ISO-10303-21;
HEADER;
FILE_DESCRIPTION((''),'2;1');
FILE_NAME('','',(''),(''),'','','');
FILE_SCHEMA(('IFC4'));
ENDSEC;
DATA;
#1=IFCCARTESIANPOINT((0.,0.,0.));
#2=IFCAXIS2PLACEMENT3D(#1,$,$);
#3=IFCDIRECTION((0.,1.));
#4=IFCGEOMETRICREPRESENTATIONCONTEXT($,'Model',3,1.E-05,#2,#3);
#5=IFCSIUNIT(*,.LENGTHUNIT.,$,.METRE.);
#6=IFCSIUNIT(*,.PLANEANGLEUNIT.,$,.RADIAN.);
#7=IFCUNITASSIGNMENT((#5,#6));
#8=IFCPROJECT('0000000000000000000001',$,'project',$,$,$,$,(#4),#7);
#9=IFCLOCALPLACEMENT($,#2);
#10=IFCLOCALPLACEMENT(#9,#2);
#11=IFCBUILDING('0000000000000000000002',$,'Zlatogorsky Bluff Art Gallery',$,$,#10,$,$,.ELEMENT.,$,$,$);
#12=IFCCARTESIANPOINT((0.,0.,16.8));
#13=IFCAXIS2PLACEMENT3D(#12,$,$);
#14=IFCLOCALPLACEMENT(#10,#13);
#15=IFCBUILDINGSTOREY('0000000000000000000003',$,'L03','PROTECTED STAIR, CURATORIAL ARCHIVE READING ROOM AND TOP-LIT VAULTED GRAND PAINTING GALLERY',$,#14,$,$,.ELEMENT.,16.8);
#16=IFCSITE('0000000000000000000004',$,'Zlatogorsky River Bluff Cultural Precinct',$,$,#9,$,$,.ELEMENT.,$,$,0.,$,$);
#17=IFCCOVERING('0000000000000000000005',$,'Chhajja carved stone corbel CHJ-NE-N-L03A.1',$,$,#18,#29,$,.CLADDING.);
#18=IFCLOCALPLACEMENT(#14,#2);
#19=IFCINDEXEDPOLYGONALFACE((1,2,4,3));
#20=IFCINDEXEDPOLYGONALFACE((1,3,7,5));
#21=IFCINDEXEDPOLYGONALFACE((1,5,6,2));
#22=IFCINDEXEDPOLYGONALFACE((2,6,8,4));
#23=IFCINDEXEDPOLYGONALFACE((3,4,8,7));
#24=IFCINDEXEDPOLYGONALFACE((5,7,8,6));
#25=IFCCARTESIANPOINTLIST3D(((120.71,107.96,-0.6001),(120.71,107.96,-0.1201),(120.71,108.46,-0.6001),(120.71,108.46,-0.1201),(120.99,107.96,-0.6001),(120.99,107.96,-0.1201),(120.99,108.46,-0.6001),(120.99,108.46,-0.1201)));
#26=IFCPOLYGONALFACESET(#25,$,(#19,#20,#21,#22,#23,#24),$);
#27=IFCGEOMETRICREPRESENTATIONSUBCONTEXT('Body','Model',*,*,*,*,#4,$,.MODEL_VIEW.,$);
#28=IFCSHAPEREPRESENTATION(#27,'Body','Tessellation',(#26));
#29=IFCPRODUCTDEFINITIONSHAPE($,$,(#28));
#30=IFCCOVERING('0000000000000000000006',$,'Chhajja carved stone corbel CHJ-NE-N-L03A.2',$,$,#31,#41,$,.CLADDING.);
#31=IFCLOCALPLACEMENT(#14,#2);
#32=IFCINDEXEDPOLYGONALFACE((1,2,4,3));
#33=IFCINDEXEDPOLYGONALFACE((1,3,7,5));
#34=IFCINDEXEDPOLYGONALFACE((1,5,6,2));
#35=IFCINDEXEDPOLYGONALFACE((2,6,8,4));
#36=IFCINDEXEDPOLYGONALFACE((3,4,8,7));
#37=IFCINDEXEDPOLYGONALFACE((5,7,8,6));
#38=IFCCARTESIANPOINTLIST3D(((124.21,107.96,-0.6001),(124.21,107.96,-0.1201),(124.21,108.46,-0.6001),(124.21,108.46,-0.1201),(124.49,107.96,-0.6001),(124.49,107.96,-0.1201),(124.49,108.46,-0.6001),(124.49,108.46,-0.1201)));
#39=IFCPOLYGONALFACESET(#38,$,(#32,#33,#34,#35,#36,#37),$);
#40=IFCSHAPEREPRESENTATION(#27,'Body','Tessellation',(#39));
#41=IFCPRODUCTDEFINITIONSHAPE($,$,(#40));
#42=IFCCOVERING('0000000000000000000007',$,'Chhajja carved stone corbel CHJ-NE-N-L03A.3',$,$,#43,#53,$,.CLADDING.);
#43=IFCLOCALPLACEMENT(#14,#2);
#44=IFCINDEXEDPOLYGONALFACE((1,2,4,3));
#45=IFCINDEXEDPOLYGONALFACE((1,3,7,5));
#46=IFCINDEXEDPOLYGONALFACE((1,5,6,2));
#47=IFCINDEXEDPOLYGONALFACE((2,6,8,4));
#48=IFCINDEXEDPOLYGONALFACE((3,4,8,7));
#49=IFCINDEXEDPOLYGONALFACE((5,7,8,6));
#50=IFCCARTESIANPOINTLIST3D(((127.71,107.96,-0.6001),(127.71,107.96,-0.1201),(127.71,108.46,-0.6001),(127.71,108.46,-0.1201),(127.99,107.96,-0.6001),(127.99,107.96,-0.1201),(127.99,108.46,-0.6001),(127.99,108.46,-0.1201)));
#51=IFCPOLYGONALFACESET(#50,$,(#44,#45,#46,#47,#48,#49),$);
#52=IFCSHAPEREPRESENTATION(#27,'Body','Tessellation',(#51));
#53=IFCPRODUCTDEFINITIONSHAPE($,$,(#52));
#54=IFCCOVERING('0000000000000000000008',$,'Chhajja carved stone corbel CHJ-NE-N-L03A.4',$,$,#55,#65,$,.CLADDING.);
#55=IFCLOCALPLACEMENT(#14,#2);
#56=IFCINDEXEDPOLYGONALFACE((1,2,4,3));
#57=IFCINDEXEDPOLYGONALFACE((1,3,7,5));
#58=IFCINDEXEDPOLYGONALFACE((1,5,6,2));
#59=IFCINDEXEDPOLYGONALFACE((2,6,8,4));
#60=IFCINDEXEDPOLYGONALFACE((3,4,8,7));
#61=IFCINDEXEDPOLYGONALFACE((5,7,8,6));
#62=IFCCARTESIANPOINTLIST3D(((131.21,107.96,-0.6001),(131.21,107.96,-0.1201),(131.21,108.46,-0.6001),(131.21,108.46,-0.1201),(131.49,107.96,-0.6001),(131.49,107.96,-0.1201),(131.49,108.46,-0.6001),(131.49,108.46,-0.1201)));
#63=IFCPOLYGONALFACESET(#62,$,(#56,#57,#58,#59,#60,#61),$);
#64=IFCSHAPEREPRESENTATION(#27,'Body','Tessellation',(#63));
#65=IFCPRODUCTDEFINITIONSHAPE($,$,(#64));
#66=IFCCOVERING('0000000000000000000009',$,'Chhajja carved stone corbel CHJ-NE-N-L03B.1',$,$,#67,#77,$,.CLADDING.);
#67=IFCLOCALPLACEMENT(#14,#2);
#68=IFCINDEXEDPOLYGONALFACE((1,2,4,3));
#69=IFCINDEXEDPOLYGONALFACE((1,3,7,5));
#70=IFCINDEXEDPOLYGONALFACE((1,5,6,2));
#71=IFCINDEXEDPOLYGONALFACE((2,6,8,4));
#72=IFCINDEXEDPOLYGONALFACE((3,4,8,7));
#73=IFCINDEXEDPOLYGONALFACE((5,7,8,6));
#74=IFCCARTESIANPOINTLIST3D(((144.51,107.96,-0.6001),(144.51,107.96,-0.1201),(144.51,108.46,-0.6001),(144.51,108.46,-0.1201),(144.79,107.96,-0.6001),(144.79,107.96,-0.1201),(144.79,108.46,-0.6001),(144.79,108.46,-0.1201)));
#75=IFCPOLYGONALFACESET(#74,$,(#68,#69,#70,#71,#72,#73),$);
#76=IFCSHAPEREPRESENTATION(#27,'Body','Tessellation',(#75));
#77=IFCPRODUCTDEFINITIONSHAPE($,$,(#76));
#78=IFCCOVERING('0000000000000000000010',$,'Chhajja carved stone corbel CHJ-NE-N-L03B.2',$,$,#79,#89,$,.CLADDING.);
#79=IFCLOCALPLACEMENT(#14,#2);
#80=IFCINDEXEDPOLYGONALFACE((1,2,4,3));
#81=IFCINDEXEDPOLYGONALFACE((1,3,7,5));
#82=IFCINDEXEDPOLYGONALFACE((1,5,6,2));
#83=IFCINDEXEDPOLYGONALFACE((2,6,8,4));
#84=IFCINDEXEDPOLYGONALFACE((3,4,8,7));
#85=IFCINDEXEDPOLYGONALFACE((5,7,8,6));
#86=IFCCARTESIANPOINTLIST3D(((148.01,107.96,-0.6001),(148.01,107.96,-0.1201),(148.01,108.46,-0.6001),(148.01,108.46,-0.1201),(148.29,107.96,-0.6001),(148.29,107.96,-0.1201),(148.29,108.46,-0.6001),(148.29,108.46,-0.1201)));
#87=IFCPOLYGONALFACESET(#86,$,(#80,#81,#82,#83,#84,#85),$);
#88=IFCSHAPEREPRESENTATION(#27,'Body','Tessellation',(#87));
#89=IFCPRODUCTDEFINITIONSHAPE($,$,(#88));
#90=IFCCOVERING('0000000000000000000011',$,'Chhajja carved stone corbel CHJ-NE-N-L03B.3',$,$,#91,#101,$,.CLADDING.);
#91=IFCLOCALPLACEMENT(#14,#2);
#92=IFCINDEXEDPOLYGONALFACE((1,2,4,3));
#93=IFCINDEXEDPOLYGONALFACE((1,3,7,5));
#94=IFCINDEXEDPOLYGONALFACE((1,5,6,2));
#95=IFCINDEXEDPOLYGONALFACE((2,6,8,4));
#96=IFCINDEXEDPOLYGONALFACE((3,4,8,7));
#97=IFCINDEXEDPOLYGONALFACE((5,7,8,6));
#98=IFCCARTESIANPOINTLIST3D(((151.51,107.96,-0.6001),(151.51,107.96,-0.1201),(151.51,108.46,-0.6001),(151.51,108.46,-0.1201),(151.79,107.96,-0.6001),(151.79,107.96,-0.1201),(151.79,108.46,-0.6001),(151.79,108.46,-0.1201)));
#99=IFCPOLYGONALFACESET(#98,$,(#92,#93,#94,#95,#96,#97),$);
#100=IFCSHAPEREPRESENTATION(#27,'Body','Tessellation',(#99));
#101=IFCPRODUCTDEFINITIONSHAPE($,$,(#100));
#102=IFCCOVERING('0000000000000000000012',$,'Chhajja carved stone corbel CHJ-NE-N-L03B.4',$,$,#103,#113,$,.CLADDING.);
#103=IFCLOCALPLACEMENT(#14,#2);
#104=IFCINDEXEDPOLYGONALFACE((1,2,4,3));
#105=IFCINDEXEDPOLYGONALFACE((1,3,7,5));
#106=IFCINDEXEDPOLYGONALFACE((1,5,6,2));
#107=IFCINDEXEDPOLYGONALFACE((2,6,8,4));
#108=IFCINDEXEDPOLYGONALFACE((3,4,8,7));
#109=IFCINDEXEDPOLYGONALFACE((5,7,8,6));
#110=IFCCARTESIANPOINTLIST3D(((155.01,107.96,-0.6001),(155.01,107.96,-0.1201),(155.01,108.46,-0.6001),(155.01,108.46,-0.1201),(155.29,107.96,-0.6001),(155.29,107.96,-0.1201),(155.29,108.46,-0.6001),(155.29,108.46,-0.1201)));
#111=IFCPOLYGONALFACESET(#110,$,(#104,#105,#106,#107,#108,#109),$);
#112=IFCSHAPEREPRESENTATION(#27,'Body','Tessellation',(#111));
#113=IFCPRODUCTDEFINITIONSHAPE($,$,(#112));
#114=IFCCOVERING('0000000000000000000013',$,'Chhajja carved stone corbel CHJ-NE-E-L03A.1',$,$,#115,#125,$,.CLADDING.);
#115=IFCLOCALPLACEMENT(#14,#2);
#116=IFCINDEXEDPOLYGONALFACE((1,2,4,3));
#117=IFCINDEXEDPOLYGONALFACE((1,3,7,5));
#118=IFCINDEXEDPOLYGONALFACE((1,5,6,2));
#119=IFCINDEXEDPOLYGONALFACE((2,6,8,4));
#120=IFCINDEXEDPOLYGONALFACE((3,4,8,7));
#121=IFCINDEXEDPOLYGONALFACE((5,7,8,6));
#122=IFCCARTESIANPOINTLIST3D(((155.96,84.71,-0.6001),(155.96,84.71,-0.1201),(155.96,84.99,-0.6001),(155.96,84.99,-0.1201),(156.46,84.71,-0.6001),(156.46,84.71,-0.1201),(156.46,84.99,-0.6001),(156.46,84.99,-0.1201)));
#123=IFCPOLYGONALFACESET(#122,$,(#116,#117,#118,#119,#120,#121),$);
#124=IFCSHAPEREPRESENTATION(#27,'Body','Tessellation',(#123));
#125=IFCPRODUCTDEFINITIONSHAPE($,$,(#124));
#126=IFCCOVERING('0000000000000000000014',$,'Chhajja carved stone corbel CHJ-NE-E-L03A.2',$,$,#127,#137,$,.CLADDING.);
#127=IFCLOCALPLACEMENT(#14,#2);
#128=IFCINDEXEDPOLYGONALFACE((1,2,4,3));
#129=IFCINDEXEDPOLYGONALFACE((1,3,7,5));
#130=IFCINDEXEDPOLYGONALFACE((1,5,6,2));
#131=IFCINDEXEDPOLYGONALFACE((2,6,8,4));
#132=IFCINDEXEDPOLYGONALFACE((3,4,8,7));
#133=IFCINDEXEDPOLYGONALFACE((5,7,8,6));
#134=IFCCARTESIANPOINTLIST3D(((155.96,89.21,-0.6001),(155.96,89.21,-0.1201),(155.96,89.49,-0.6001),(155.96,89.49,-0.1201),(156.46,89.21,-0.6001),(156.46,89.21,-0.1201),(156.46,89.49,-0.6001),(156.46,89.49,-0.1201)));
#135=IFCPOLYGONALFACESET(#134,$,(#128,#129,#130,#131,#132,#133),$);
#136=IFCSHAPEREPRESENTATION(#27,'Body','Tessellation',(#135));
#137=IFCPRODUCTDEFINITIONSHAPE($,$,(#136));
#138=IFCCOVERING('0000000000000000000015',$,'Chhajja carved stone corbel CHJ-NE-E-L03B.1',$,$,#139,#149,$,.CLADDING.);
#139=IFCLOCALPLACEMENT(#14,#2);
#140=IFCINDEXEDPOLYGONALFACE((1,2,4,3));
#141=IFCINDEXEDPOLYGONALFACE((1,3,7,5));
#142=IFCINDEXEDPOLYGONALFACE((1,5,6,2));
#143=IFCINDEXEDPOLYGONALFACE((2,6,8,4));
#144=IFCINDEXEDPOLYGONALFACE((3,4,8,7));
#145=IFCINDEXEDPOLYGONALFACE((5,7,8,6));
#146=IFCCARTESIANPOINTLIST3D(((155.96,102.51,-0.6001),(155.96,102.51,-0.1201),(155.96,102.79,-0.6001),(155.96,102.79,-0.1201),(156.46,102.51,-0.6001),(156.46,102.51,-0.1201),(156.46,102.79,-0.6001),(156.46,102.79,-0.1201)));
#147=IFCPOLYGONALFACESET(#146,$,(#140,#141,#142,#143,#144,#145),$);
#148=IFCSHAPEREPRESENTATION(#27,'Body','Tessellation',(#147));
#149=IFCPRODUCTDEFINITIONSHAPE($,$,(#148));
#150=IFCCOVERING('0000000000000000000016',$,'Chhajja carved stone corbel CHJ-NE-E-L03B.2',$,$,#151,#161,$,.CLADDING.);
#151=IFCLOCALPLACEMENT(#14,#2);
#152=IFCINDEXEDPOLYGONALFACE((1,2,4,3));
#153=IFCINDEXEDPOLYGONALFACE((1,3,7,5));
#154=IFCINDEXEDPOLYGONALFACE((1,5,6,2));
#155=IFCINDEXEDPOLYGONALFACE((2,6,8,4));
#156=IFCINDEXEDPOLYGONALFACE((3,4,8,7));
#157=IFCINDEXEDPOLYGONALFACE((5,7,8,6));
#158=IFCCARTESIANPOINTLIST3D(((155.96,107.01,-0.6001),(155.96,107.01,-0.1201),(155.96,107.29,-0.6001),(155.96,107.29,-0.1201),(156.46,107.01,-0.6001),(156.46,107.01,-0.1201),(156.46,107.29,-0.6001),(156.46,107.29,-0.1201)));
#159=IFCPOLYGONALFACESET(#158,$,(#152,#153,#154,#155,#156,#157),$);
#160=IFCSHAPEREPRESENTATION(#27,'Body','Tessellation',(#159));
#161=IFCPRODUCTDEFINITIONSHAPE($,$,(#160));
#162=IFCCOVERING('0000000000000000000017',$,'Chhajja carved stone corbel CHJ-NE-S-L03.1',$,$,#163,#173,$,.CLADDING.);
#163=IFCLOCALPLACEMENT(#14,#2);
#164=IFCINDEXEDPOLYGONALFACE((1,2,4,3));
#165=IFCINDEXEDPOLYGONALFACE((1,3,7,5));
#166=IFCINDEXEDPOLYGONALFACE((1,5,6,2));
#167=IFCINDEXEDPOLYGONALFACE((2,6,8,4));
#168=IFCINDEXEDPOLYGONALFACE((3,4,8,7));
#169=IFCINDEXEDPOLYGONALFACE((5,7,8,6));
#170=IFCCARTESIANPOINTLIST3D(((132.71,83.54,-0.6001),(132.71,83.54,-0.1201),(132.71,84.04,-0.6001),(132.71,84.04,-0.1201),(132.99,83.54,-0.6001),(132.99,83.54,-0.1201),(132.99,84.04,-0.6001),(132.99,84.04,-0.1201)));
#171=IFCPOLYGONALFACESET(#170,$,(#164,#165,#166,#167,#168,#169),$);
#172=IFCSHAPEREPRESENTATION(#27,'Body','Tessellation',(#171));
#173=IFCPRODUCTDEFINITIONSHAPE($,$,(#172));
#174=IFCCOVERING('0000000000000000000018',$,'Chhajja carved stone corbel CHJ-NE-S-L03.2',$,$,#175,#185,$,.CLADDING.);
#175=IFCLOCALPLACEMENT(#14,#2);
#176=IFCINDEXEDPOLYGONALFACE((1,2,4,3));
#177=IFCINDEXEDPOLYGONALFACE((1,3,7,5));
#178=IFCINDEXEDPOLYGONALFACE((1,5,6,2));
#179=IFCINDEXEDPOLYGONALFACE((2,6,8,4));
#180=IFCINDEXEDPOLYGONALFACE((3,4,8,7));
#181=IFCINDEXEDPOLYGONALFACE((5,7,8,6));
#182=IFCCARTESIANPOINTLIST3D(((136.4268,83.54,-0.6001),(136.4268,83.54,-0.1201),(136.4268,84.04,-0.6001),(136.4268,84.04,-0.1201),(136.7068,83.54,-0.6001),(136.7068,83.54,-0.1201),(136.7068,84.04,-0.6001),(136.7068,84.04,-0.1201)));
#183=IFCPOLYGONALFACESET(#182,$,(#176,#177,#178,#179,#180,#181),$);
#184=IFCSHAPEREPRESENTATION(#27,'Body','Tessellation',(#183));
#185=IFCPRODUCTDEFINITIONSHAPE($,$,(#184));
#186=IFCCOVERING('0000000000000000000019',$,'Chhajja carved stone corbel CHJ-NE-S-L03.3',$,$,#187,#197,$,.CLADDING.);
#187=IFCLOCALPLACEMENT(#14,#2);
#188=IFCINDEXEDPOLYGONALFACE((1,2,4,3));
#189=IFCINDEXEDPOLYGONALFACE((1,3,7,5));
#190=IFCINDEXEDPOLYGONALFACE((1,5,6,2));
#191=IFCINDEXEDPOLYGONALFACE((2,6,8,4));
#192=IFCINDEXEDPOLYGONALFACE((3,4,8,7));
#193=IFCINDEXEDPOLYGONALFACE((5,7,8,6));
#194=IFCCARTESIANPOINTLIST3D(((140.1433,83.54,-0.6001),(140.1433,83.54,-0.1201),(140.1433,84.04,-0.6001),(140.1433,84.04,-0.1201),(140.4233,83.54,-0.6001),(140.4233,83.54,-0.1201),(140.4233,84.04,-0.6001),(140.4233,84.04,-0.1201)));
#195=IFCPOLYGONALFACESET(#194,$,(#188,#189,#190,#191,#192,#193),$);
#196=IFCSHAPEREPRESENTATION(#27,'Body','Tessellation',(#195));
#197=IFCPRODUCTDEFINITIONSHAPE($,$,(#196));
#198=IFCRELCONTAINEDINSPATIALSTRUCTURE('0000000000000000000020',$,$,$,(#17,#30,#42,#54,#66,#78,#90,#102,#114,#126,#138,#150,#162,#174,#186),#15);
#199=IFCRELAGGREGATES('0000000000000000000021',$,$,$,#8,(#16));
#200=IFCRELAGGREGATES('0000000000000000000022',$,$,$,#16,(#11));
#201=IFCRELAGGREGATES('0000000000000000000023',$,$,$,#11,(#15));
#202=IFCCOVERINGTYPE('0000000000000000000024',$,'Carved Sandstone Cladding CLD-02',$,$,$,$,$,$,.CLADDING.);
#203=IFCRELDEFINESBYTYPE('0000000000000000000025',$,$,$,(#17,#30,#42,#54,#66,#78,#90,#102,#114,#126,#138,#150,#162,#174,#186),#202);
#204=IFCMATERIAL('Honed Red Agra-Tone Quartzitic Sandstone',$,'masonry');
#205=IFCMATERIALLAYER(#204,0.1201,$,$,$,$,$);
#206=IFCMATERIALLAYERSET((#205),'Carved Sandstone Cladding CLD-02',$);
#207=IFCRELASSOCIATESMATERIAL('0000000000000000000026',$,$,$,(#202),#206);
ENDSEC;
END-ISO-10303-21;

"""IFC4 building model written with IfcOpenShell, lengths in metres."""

from ifc_helpers import new_model, si_unit, direction, frame, origin, place, context, subcontext, project, spatial, polyline, outline, extrude, material, layer, layer_set, type_object, element, save


model = new_model("IFC4")

# Units and contexts
model_context = context("Model", 3, precision=1e-05, world=origin(), true_north=direction((0.0, 1.0)))
body_context = subcontext(model_context, "Body", "Model", "MODEL_VIEW")
ifc_project = project(units=[si_unit("LENGTHUNIT", "METRE"), si_unit("PLANEANGLEUNIT", "RADIAN")], contexts=[model_context])

# Site, building, storey
site_placement = place(None, origin())
site = spatial("IfcSite", under=ifc_project, at=site_placement, Name="Zlatogorsky River Bluff Cultural Precinct", CompositionType="ELEMENT", RefElevation=0.0)
building_placement = place(site_placement, origin())
building = spatial("IfcBuilding", under=site, at=building_placement, Name="Zlatogorsky Bluff Art Gallery", CompositionType="ELEMENT")
storey_placement = place(building_placement, frame((0.0, 0.0, 16.8)))
storey = spatial("IfcBuildingStorey", under=building, at=storey_placement, Name="L03", Description="PROTECTED STAIR, CURATORIAL ARCHIVE READING ROOM AND TOP-LIT VAULTED GRAND PAINTING GALLERY", CompositionType="ELEMENT", Elevation=16.8)

# Coverings
ifc_material = material(Name="Honed Red Agra-Tone Quartzitic Sandstone", Category="masonry")
ifc_layer = layer(ifc_material, 0.1201)
ifc_layer_set = layer_set([ifc_layer], Name="Carved Sandstone Cladding CLD-02")
covering_type = type_object("IfcCoveringType", Name="Carved Sandstone Cladding CLD-02", PredefinedType="CLADDING", material=ifc_layer_set)
covering_1_placement = place(storey_placement, frame((0.0, 0.0, -0.6001)))
element("IfcCovering", 1, at=covering_1_placement, inside=storey, type_object=covering_type, Name="Chhajja carved stone corbel CHJ-NE-N-L03A.1", PredefinedType="CLADDING", context=body_context, shape_type="SweptSolid", body=[
    extrude(outline(polyline([(120.71, 107.96), (120.99, 107.96), (120.99, 108.46), (120.71, 108.46), (120.71, 107.96)])), origin(), (0.0, 0.0, 1.0), 0.48),
])
covering_2_placement = place(storey_placement, frame((0.0, 0.0, -0.6001)))
element("IfcCovering", 2, at=covering_2_placement, inside=storey, type_object=covering_type, Name="Chhajja carved stone corbel CHJ-NE-N-L03A.2", PredefinedType="CLADDING", context=body_context, shape_type="SweptSolid", body=[
    extrude(outline(polyline([(124.21, 107.96), (124.49, 107.96), (124.49, 108.46), (124.21, 108.46), (124.21, 107.96)])), origin(), (0.0, 0.0, 1.0), 0.48),
])
covering_3_placement = place(storey_placement, frame((0.0, 0.0, -0.6001)))
element("IfcCovering", 3, at=covering_3_placement, inside=storey, type_object=covering_type, Name="Chhajja carved stone corbel CHJ-NE-N-L03A.3", PredefinedType="CLADDING", context=body_context, shape_type="SweptSolid", body=[
    extrude(outline(polyline([(127.71, 107.96), (127.99, 107.96), (127.99, 108.46), (127.71, 108.46), (127.71, 107.96)])), origin(), (0.0, 0.0, 1.0), 0.48),
])
covering_4_placement = place(storey_placement, frame((0.0, 0.0, -0.6001)))
element("IfcCovering", 4, at=covering_4_placement, inside=storey, type_object=covering_type, Name="Chhajja carved stone corbel CHJ-NE-N-L03A.4", PredefinedType="CLADDING", context=body_context, shape_type="SweptSolid", body=[
    extrude(outline(polyline([(131.21, 107.96), (131.49, 107.96), (131.49, 108.46), (131.21, 108.46), (131.21, 107.96)])), origin(), (0.0, 0.0, 1.0), 0.48),
])
covering_5_placement = place(storey_placement, frame((0.0, 0.0, -0.6001)))
element("IfcCovering", 5, at=covering_5_placement, inside=storey, type_object=covering_type, Name="Chhajja carved stone corbel CHJ-NE-N-L03B.1", PredefinedType="CLADDING", context=body_context, shape_type="SweptSolid", body=[
    extrude(outline(polyline([(144.51, 107.96), (144.79, 107.96), (144.79, 108.46), (144.51, 108.46), (144.51, 107.96)])), origin(), (0.0, 0.0, 1.0), 0.48),
])
covering_6_placement = place(storey_placement, frame((0.0, 0.0, -0.6001)))
element("IfcCovering", 6, at=covering_6_placement, inside=storey, type_object=covering_type, Name="Chhajja carved stone corbel CHJ-NE-N-L03B.2", PredefinedType="CLADDING", context=body_context, shape_type="SweptSolid", body=[
    extrude(outline(polyline([(148.01, 107.96), (148.29, 107.96), (148.29, 108.46), (148.01, 108.46), (148.01, 107.96)])), origin(), (0.0, 0.0, 1.0), 0.48),
])
covering_7_placement = place(storey_placement, frame((0.0, 0.0, -0.6001)))
element("IfcCovering", 7, at=covering_7_placement, inside=storey, type_object=covering_type, Name="Chhajja carved stone corbel CHJ-NE-N-L03B.3", PredefinedType="CLADDING", context=body_context, shape_type="SweptSolid", body=[
    extrude(outline(polyline([(151.51, 107.96), (151.79, 107.96), (151.79, 108.46), (151.51, 108.46), (151.51, 107.96)])), origin(), (0.0, 0.0, 1.0), 0.48),
])
covering_8_placement = place(storey_placement, frame((0.0, 0.0, -0.6001)))
element("IfcCovering", 8, at=covering_8_placement, inside=storey, type_object=covering_type, Name="Chhajja carved stone corbel CHJ-NE-N-L03B.4", PredefinedType="CLADDING", context=body_context, shape_type="SweptSolid", body=[
    extrude(outline(polyline([(155.01, 107.96), (155.29, 107.96), (155.29, 108.46), (155.01, 108.46), (155.01, 107.96)])), origin(), (0.0, 0.0, 1.0), 0.48),
])
covering_9_placement = place(storey_placement, frame((0.0, 0.0, -0.6001)))
element("IfcCovering", 9, at=covering_9_placement, inside=storey, type_object=covering_type, Name="Chhajja carved stone corbel CHJ-NE-E-L03A.1", PredefinedType="CLADDING", context=body_context, shape_type="SweptSolid", body=[
    extrude(outline(polyline([(155.96, 84.71), (155.96, 84.99), (156.46, 84.99), (156.46, 84.71), (155.96, 84.71)])), origin(), (0.0, 0.0, 1.0), 0.48),
])
covering_10_placement = place(storey_placement, frame((0.0, 0.0, -0.6001)))
element("IfcCovering", 10, at=covering_10_placement, inside=storey, type_object=covering_type, Name="Chhajja carved stone corbel CHJ-NE-E-L03A.2", PredefinedType="CLADDING", context=body_context, shape_type="SweptSolid", body=[
    extrude(outline(polyline([(155.96, 89.21), (155.96, 89.49), (156.46, 89.49), (156.46, 89.21), (155.96, 89.21)])), origin(), (0.0, 0.0, 1.0), 0.48),
])
covering_11_placement = place(storey_placement, frame((0.0, 0.0, -0.6001)))
element("IfcCovering", 11, at=covering_11_placement, inside=storey, type_object=covering_type, Name="Chhajja carved stone corbel CHJ-NE-E-L03B.1", PredefinedType="CLADDING", context=body_context, shape_type="SweptSolid", body=[
    extrude(outline(polyline([(155.96, 102.51), (155.96, 102.79), (156.46, 102.79), (156.46, 102.51), (155.96, 102.51)])), origin(), (0.0, 0.0, 1.0), 0.48),
])
covering_12_placement = place(storey_placement, frame((0.0, 0.0, -0.6001)))
element("IfcCovering", 12, at=covering_12_placement, inside=storey, type_object=covering_type, Name="Chhajja carved stone corbel CHJ-NE-E-L03B.2", PredefinedType="CLADDING", context=body_context, shape_type="SweptSolid", body=[
    extrude(outline(polyline([(155.96, 107.01), (155.96, 107.29), (156.46, 107.29), (156.46, 107.01), (155.96, 107.01)])), origin(), (0.0, 0.0, 1.0), 0.48),
])
covering_13_placement = place(storey_placement, frame((0.0, 0.0, -0.6001)))
element("IfcCovering", 13, at=covering_13_placement, inside=storey, type_object=covering_type, Name="Chhajja carved stone corbel CHJ-NE-S-L03.1", PredefinedType="CLADDING", context=body_context, shape_type="SweptSolid", body=[
    extrude(outline(polyline([(132.71, 83.54), (132.99, 83.54), (132.99, 84.04), (132.71, 84.04), (132.71, 83.54)])), origin(), (0.0, 0.0, 1.0), 0.48),
])
covering_14_placement = place(storey_placement, frame((0.0, 0.0, -0.6001)))
element("IfcCovering", 14, at=covering_14_placement, inside=storey, type_object=covering_type, Name="Chhajja carved stone corbel CHJ-NE-S-L03.2", PredefinedType="CLADDING", context=body_context, shape_type="SweptSolid", body=[
    extrude(outline(polyline([(136.4268, 83.54), (136.7068, 83.54), (136.7068, 84.04), (136.4268, 84.04), (136.4268, 83.54)])), origin(), (0.0, 0.0, 1.0), 0.48),
])
covering_15_placement = place(storey_placement, frame((0.0, 0.0, -0.6001)))
element("IfcCovering", 15, at=covering_15_placement, inside=storey, type_object=covering_type, Name="Chhajja carved stone corbel CHJ-NE-S-L03.3", PredefinedType="CLADDING", context=body_context, shape_type="SweptSolid", body=[
    extrude(outline(polyline([(140.1433, 83.54), (140.4233, 83.54), (140.4233, 84.04), (140.1433, 84.04), (140.1433, 83.54)])), origin(), (0.0, 0.0, 1.0), 0.48),
])

save(model, "model.ifc")
